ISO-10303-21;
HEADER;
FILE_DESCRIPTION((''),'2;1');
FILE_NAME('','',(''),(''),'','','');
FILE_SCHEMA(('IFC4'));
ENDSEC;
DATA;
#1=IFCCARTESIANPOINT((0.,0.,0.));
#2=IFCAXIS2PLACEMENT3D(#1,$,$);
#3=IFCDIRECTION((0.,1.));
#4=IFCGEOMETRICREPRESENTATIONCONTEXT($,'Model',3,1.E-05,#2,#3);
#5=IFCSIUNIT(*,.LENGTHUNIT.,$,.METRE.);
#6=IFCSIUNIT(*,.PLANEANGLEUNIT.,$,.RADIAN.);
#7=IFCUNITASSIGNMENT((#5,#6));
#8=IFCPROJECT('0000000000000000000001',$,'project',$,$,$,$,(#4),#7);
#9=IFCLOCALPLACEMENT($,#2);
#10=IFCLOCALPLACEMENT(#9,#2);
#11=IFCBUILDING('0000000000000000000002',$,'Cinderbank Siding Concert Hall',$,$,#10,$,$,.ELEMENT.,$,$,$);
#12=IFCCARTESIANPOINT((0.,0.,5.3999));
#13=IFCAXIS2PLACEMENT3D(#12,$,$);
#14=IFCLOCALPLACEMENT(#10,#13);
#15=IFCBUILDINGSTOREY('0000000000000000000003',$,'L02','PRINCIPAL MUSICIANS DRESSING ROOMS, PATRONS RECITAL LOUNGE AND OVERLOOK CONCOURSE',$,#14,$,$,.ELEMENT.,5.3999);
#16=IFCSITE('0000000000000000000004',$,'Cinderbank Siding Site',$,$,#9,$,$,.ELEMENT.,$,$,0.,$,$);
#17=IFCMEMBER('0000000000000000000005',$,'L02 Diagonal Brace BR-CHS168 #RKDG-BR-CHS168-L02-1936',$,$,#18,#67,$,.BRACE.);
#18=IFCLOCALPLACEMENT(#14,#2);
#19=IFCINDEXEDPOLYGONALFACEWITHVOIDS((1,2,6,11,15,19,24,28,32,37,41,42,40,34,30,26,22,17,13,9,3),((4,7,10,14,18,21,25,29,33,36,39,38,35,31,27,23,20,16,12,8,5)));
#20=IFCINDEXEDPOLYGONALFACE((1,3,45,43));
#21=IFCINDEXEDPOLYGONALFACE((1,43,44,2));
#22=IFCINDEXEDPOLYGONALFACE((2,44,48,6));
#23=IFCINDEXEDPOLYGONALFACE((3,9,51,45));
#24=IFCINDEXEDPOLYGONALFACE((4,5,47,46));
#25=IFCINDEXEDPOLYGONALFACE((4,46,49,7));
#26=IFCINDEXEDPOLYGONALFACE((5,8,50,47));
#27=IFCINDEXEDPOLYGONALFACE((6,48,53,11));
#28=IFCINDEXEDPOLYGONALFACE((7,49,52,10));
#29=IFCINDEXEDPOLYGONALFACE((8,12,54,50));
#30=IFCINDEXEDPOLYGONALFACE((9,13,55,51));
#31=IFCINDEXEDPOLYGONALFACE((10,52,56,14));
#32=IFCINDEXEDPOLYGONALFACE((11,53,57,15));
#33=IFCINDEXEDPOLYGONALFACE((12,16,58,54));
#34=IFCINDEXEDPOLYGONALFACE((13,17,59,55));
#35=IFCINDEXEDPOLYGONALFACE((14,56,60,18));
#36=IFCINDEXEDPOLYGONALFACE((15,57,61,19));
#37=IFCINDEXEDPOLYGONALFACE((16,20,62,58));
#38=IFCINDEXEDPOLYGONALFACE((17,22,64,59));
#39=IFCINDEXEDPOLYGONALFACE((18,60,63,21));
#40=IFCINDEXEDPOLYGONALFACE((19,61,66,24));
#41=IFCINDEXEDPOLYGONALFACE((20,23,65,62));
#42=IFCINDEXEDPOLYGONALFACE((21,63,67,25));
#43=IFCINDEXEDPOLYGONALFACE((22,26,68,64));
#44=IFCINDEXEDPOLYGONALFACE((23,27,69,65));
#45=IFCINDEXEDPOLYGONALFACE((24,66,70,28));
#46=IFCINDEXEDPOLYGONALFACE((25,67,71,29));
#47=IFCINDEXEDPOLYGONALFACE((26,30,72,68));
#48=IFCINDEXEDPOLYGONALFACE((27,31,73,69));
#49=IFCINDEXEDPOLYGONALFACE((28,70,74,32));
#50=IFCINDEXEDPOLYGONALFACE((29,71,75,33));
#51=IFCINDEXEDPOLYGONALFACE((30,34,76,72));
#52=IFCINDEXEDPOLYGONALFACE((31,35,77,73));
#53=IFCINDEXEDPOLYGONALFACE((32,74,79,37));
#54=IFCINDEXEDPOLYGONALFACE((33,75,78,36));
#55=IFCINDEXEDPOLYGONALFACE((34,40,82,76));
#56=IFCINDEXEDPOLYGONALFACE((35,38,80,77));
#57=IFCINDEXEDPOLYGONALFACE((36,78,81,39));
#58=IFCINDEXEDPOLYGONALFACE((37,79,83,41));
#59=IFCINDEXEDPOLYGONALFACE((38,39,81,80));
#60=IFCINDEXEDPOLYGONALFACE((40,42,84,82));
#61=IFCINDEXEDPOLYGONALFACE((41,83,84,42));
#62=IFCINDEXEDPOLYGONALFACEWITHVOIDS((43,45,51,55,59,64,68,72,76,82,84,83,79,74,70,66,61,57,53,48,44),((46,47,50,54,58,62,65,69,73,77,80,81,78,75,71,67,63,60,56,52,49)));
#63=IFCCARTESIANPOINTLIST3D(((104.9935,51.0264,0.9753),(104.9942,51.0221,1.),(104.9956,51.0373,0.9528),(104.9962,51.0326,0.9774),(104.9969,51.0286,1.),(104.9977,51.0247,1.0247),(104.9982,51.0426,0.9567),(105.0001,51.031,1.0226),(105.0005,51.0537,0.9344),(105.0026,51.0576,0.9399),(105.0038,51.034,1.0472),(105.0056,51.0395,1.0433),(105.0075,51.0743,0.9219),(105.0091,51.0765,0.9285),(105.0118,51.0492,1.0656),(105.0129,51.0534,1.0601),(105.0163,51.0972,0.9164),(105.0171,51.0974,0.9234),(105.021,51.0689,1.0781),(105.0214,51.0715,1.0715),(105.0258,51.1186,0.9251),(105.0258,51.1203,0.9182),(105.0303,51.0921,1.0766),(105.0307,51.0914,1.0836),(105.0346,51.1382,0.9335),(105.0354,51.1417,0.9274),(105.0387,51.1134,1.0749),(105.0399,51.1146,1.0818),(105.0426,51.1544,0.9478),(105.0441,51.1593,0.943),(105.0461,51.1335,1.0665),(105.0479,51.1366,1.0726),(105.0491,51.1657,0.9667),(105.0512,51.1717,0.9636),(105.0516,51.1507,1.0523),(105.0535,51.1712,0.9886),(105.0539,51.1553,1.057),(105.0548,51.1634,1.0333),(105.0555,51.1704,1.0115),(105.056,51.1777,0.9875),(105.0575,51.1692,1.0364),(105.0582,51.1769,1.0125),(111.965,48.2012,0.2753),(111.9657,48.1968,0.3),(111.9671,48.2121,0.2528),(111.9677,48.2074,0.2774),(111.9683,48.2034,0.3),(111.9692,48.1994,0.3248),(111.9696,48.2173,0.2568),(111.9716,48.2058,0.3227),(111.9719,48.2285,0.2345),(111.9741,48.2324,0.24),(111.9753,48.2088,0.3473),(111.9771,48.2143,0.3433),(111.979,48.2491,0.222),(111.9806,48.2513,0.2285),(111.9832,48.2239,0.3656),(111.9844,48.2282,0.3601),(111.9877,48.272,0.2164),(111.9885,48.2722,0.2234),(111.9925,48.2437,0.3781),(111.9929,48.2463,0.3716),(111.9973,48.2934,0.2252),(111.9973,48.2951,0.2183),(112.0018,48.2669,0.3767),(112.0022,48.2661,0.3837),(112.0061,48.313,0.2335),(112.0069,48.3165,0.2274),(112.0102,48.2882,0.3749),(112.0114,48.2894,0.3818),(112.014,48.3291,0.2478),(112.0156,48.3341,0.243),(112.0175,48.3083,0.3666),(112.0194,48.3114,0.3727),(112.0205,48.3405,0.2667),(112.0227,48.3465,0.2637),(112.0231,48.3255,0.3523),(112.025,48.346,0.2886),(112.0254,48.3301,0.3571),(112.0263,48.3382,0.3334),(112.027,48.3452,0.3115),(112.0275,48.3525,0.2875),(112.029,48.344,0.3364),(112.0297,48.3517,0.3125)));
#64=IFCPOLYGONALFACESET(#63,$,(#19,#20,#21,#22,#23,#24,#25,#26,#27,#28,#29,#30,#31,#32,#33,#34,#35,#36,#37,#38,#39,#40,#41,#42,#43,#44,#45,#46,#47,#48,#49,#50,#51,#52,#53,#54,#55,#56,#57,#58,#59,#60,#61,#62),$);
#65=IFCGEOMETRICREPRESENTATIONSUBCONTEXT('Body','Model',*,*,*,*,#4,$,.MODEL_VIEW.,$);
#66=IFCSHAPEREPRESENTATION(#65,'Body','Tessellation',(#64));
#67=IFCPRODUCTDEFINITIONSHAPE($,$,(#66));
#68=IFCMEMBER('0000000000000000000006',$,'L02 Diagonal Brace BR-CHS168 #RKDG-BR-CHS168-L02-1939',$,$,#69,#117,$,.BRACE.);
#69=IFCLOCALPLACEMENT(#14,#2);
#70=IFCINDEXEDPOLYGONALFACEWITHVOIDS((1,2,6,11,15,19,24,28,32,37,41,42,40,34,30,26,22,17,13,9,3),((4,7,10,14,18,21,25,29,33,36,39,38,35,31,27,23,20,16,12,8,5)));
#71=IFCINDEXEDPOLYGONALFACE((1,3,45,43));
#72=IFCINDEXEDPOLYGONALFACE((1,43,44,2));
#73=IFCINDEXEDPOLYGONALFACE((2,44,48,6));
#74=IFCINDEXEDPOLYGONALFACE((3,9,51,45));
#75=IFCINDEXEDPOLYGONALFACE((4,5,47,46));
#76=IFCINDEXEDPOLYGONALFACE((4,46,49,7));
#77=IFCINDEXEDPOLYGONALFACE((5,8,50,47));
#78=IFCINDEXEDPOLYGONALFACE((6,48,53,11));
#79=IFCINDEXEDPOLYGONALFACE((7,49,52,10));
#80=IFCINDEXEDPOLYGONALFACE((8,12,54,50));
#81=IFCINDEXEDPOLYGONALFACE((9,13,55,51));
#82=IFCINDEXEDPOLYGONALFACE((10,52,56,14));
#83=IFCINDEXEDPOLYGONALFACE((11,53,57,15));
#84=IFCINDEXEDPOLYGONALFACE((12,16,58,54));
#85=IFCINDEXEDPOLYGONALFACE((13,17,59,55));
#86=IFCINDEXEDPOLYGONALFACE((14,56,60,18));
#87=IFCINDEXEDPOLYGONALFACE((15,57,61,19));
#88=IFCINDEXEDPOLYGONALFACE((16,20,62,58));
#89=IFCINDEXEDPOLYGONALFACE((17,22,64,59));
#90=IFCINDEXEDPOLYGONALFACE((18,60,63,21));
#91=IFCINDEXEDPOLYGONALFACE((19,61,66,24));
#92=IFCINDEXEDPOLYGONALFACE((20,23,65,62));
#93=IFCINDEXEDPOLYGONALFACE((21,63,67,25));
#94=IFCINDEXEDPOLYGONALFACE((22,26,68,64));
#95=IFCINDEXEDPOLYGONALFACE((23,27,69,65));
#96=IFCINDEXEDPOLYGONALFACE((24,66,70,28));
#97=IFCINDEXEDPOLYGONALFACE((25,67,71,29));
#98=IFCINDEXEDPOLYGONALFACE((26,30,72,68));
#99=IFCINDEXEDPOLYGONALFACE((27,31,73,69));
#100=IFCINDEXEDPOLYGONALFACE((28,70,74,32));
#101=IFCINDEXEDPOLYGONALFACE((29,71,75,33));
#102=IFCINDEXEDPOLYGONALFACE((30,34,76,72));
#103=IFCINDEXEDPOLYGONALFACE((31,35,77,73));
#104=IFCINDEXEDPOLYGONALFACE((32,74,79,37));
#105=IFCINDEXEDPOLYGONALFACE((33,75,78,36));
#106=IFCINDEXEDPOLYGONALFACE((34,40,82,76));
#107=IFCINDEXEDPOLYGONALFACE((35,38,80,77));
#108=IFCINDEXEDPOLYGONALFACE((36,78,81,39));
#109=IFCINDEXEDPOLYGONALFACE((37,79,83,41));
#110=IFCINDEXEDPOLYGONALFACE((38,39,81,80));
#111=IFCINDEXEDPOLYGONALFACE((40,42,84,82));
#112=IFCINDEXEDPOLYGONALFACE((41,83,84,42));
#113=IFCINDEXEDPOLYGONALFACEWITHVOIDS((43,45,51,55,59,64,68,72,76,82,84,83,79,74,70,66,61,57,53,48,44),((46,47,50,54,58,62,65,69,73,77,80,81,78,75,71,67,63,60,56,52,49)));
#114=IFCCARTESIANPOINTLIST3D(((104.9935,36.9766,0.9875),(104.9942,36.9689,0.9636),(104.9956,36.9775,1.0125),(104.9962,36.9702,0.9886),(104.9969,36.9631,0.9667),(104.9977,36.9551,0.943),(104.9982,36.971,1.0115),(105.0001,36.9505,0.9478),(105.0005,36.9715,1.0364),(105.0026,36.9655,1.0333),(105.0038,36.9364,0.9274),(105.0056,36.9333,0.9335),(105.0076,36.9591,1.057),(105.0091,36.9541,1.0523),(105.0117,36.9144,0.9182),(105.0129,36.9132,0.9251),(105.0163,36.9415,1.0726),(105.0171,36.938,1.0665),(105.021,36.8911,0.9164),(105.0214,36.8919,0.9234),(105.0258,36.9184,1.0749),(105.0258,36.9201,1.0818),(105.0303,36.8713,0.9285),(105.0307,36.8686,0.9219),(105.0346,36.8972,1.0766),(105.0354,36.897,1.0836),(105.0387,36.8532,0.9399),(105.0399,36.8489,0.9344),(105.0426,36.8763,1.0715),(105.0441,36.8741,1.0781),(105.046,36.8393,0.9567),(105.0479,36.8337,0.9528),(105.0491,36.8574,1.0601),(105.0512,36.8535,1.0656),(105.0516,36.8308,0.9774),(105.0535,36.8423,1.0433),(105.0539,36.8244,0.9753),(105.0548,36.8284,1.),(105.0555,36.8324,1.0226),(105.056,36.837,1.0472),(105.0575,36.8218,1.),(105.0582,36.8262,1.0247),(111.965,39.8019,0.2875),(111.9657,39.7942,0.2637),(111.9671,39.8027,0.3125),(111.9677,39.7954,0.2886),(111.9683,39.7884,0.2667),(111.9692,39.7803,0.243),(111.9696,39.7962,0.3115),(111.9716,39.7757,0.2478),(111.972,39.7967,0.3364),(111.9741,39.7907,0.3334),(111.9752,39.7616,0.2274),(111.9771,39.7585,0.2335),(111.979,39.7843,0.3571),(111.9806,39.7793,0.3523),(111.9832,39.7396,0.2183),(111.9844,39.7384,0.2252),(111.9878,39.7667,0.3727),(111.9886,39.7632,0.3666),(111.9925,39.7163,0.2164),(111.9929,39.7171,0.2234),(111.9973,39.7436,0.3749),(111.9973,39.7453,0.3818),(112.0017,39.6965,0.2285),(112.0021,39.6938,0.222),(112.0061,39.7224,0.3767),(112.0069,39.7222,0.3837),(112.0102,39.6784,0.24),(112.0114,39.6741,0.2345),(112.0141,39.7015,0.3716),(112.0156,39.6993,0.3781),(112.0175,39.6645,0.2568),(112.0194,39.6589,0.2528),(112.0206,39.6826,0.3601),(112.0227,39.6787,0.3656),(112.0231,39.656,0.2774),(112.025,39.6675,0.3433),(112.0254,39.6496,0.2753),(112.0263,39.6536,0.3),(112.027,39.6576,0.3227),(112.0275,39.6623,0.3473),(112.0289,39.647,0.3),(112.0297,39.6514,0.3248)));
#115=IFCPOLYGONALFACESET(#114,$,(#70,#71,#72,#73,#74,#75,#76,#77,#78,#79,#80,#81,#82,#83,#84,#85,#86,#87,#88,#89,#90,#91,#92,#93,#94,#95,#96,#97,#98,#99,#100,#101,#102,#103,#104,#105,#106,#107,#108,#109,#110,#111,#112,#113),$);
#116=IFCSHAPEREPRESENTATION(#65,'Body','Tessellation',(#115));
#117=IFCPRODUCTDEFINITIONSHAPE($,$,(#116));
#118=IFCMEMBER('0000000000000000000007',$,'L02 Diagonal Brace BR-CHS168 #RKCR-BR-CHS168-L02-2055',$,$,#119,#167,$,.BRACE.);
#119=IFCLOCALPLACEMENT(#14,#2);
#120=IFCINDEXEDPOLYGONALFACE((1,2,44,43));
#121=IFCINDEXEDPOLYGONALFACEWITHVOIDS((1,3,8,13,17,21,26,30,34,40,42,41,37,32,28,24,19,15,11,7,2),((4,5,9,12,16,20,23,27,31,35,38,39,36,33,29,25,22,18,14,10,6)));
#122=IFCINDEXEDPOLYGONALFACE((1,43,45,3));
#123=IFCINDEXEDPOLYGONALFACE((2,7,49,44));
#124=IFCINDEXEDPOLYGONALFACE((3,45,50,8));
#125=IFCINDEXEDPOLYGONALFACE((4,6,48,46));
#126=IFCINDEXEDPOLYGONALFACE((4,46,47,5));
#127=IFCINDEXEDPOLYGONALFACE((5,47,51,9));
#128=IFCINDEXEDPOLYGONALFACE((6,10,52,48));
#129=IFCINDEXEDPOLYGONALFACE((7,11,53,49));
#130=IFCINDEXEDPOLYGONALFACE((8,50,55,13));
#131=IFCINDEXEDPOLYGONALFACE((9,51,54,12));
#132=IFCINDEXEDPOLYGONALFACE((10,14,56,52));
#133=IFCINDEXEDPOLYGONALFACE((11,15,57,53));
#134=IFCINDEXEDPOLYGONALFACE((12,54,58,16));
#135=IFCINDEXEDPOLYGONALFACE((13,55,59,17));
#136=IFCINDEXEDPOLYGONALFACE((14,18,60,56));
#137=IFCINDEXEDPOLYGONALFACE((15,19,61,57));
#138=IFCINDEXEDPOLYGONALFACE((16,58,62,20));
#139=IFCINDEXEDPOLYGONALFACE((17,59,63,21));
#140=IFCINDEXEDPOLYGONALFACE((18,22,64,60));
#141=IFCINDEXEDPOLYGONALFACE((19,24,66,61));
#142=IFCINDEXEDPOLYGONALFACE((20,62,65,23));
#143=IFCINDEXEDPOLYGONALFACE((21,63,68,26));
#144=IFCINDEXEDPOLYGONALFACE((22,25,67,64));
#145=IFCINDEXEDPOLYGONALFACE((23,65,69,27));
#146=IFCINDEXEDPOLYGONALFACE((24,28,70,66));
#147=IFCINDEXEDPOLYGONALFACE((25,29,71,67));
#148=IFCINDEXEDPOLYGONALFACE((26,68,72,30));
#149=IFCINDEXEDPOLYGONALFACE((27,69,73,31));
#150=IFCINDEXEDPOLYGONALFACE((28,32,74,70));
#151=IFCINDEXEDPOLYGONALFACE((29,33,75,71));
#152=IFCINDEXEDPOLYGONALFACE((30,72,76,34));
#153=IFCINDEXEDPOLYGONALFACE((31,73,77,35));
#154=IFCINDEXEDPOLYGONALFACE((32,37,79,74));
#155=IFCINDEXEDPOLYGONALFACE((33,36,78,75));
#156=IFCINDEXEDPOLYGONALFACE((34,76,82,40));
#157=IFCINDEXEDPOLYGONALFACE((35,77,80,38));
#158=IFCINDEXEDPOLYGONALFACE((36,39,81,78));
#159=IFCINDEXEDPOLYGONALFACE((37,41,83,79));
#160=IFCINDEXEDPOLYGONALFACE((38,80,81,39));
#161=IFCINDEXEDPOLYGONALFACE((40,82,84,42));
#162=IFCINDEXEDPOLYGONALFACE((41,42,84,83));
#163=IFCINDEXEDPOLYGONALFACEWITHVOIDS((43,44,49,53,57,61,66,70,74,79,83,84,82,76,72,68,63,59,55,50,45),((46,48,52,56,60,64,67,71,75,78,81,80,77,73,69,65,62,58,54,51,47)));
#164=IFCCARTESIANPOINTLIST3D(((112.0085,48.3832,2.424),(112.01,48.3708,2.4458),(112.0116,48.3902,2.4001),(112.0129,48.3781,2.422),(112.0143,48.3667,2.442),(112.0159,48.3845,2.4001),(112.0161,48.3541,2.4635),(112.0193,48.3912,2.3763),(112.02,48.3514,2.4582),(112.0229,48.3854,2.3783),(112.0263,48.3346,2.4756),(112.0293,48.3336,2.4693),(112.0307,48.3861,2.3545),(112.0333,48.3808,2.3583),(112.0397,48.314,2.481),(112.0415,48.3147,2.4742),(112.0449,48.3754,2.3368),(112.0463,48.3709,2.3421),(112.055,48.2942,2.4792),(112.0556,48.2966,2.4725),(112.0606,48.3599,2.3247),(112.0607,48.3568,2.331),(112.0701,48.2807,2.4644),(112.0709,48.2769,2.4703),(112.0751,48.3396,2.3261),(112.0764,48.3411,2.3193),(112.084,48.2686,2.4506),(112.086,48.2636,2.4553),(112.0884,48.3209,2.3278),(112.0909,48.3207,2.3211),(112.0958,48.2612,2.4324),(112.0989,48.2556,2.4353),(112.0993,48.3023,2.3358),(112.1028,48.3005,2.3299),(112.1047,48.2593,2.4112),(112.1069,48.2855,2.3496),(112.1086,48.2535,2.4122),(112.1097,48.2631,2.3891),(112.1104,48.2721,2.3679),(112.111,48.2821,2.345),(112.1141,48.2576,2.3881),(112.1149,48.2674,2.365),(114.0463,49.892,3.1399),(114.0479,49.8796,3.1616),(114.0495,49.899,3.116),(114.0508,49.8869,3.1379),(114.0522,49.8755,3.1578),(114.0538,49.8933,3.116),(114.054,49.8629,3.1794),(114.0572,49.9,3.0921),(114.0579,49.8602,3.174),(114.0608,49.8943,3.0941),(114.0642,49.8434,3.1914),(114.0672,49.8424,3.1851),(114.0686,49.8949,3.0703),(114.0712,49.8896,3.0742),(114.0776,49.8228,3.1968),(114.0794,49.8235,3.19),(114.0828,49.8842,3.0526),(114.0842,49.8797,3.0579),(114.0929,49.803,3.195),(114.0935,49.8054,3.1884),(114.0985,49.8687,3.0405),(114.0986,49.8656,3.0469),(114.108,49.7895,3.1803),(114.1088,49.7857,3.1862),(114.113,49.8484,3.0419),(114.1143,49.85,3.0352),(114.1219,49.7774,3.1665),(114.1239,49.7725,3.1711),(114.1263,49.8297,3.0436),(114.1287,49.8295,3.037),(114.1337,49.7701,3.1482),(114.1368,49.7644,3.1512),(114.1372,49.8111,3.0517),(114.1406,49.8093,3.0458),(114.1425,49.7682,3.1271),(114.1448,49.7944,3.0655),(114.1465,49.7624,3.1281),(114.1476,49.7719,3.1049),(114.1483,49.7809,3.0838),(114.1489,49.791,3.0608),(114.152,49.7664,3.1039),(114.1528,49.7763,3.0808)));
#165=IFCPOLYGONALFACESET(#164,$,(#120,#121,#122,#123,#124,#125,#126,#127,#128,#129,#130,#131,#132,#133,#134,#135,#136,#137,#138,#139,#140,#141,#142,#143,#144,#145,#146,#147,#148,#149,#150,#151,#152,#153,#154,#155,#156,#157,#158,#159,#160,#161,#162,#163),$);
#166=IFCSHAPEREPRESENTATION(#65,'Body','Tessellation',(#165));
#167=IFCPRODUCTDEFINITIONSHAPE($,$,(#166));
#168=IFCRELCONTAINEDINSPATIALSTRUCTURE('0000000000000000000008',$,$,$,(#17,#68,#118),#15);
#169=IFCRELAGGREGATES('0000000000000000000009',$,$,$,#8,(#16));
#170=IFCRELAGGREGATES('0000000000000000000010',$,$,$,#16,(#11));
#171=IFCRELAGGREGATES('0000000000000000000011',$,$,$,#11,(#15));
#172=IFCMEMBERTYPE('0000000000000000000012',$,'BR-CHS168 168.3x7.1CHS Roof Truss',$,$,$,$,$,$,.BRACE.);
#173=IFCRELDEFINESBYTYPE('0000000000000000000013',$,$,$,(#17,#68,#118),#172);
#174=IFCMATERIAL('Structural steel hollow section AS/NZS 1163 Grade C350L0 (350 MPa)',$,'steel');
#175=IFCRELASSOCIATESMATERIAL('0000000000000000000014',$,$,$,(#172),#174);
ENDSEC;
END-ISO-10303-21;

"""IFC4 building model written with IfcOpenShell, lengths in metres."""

from ifc_helpers import new_model, si_unit, direction, frame, origin, origin_2d, place, context, subcontext, project, spatial, hollow_circle, extrude, material, material_profile, profile_set, type_object, element, save


model = new_model("IFC4")

# Units and contexts
model_context = context("Model", 3, precision=1e-05, world=origin(), true_north=direction((0.0, 1.0)))
body_context = subcontext(model_context, "Body", "Model", "MODEL_VIEW")
ifc_project = project(units=[si_unit("LENGTHUNIT", "METRE"), si_unit("PLANEANGLEUNIT", "RADIAN")], contexts=[model_context])

# Site, building, storey
site_placement = place(None, origin())
site = spatial("IfcSite", under=ifc_project, at=site_placement, Name="Cinderbank Siding Site", CompositionType="ELEMENT", RefElevation=0.0)
building_placement = place(site_placement, origin())
building = spatial("IfcBuilding", under=site, at=building_placement, Name="Cinderbank Siding Concert Hall", CompositionType="ELEMENT")
storey_placement = place(building_placement, frame((0.0, 0.0, 5.3999)))
storey = spatial("IfcBuildingStorey", under=building, at=storey_placement, Name="L02", Description="PRINCIPAL MUSICIANS DRESSING ROOMS, PATRONS RECITAL LOUNGE AND OVERLOOK CONCOURSE", CompositionType="ELEMENT", Elevation=5.3999)

# Shared definitions
ifc_material_1 = material(Name="Structural steel hollow section AS/NZS 1163 Grade C350L0 (350 MPa)", Category="steel")

# Members
ifc_material_profile_1 = material_profile(ifc_material_1, hollow_circle(Radius=0.0842, WallThickness=0.0071, at=origin_2d()), Name="168.3x7.1CHS", Category="LoadBearing")
ifc_profile_set_1 = profile_set([ifc_material_profile_1], Name="Structural steel hollow section AS/NZS 1163 Grade C350L0 (350 MPa)")
member_type_1 = type_object("IfcMemberType", Name="BR-CHS168 168.3x7.1CHS Roof Truss", PredefinedType="BRACE", material=ifc_profile_set_1)
for number, where, z_axis, x_axis, name in (
    (1, (111.9973, 48.2749, 0.3), (-0.922802, 0.373968, 0.092652), (-0.375584, -0.926788, 0.0), "L02 Diagonal Brace BR-CHS168 #RKDG-BR-CHS168-L02-1936"),
    (2, (111.9973, 39.7251, 0.3), (-0.922802, -0.373968, 0.092652), (0.375584, -0.926788, 0.0), "L02 Diagonal Brace BR-CHS168 #RKDG-BR-CHS168-L02-1939"),
):
    element("IfcMember", number, at=place(storey_placement, frame(where, z_axis=z_axis, x_axis=x_axis)), inside=storey, type_object=member_type_1, Name=name, PredefinedType="BRACE", context=body_context, shape_type="SweptSolid", body=[
        extrude(hollow_circle(Radius=0.0842, WallThickness=0.0071, at=origin_2d()), origin(), (0.0, 0.0, 1.0), 7.5547),
    ])
member_1_placement = place(storey_placement, frame((112.0618, 48.3225, 2.4001), z_axis=(0.773463, 0.572661, 0.27169), x_axis=(-0.595043, 0.803694, 0.0)))
element("IfcMember", 3, at=member_1_placement, inside=storey, type_object=member_type_1, Name="L02 Diagonal Brace BR-CHS168 #RKCR-BR-CHS168-L02-2055", PredefinedType="BRACE", context=body_context, shape_type="SweptSolid", body=[
    extrude(hollow_circle(Radius=0.0842, WallThickness=0.0071, at=origin_2d()), origin(), (0.0, 0.0, 1.0), 2.6348),
])

save(model, "model.ifc")
